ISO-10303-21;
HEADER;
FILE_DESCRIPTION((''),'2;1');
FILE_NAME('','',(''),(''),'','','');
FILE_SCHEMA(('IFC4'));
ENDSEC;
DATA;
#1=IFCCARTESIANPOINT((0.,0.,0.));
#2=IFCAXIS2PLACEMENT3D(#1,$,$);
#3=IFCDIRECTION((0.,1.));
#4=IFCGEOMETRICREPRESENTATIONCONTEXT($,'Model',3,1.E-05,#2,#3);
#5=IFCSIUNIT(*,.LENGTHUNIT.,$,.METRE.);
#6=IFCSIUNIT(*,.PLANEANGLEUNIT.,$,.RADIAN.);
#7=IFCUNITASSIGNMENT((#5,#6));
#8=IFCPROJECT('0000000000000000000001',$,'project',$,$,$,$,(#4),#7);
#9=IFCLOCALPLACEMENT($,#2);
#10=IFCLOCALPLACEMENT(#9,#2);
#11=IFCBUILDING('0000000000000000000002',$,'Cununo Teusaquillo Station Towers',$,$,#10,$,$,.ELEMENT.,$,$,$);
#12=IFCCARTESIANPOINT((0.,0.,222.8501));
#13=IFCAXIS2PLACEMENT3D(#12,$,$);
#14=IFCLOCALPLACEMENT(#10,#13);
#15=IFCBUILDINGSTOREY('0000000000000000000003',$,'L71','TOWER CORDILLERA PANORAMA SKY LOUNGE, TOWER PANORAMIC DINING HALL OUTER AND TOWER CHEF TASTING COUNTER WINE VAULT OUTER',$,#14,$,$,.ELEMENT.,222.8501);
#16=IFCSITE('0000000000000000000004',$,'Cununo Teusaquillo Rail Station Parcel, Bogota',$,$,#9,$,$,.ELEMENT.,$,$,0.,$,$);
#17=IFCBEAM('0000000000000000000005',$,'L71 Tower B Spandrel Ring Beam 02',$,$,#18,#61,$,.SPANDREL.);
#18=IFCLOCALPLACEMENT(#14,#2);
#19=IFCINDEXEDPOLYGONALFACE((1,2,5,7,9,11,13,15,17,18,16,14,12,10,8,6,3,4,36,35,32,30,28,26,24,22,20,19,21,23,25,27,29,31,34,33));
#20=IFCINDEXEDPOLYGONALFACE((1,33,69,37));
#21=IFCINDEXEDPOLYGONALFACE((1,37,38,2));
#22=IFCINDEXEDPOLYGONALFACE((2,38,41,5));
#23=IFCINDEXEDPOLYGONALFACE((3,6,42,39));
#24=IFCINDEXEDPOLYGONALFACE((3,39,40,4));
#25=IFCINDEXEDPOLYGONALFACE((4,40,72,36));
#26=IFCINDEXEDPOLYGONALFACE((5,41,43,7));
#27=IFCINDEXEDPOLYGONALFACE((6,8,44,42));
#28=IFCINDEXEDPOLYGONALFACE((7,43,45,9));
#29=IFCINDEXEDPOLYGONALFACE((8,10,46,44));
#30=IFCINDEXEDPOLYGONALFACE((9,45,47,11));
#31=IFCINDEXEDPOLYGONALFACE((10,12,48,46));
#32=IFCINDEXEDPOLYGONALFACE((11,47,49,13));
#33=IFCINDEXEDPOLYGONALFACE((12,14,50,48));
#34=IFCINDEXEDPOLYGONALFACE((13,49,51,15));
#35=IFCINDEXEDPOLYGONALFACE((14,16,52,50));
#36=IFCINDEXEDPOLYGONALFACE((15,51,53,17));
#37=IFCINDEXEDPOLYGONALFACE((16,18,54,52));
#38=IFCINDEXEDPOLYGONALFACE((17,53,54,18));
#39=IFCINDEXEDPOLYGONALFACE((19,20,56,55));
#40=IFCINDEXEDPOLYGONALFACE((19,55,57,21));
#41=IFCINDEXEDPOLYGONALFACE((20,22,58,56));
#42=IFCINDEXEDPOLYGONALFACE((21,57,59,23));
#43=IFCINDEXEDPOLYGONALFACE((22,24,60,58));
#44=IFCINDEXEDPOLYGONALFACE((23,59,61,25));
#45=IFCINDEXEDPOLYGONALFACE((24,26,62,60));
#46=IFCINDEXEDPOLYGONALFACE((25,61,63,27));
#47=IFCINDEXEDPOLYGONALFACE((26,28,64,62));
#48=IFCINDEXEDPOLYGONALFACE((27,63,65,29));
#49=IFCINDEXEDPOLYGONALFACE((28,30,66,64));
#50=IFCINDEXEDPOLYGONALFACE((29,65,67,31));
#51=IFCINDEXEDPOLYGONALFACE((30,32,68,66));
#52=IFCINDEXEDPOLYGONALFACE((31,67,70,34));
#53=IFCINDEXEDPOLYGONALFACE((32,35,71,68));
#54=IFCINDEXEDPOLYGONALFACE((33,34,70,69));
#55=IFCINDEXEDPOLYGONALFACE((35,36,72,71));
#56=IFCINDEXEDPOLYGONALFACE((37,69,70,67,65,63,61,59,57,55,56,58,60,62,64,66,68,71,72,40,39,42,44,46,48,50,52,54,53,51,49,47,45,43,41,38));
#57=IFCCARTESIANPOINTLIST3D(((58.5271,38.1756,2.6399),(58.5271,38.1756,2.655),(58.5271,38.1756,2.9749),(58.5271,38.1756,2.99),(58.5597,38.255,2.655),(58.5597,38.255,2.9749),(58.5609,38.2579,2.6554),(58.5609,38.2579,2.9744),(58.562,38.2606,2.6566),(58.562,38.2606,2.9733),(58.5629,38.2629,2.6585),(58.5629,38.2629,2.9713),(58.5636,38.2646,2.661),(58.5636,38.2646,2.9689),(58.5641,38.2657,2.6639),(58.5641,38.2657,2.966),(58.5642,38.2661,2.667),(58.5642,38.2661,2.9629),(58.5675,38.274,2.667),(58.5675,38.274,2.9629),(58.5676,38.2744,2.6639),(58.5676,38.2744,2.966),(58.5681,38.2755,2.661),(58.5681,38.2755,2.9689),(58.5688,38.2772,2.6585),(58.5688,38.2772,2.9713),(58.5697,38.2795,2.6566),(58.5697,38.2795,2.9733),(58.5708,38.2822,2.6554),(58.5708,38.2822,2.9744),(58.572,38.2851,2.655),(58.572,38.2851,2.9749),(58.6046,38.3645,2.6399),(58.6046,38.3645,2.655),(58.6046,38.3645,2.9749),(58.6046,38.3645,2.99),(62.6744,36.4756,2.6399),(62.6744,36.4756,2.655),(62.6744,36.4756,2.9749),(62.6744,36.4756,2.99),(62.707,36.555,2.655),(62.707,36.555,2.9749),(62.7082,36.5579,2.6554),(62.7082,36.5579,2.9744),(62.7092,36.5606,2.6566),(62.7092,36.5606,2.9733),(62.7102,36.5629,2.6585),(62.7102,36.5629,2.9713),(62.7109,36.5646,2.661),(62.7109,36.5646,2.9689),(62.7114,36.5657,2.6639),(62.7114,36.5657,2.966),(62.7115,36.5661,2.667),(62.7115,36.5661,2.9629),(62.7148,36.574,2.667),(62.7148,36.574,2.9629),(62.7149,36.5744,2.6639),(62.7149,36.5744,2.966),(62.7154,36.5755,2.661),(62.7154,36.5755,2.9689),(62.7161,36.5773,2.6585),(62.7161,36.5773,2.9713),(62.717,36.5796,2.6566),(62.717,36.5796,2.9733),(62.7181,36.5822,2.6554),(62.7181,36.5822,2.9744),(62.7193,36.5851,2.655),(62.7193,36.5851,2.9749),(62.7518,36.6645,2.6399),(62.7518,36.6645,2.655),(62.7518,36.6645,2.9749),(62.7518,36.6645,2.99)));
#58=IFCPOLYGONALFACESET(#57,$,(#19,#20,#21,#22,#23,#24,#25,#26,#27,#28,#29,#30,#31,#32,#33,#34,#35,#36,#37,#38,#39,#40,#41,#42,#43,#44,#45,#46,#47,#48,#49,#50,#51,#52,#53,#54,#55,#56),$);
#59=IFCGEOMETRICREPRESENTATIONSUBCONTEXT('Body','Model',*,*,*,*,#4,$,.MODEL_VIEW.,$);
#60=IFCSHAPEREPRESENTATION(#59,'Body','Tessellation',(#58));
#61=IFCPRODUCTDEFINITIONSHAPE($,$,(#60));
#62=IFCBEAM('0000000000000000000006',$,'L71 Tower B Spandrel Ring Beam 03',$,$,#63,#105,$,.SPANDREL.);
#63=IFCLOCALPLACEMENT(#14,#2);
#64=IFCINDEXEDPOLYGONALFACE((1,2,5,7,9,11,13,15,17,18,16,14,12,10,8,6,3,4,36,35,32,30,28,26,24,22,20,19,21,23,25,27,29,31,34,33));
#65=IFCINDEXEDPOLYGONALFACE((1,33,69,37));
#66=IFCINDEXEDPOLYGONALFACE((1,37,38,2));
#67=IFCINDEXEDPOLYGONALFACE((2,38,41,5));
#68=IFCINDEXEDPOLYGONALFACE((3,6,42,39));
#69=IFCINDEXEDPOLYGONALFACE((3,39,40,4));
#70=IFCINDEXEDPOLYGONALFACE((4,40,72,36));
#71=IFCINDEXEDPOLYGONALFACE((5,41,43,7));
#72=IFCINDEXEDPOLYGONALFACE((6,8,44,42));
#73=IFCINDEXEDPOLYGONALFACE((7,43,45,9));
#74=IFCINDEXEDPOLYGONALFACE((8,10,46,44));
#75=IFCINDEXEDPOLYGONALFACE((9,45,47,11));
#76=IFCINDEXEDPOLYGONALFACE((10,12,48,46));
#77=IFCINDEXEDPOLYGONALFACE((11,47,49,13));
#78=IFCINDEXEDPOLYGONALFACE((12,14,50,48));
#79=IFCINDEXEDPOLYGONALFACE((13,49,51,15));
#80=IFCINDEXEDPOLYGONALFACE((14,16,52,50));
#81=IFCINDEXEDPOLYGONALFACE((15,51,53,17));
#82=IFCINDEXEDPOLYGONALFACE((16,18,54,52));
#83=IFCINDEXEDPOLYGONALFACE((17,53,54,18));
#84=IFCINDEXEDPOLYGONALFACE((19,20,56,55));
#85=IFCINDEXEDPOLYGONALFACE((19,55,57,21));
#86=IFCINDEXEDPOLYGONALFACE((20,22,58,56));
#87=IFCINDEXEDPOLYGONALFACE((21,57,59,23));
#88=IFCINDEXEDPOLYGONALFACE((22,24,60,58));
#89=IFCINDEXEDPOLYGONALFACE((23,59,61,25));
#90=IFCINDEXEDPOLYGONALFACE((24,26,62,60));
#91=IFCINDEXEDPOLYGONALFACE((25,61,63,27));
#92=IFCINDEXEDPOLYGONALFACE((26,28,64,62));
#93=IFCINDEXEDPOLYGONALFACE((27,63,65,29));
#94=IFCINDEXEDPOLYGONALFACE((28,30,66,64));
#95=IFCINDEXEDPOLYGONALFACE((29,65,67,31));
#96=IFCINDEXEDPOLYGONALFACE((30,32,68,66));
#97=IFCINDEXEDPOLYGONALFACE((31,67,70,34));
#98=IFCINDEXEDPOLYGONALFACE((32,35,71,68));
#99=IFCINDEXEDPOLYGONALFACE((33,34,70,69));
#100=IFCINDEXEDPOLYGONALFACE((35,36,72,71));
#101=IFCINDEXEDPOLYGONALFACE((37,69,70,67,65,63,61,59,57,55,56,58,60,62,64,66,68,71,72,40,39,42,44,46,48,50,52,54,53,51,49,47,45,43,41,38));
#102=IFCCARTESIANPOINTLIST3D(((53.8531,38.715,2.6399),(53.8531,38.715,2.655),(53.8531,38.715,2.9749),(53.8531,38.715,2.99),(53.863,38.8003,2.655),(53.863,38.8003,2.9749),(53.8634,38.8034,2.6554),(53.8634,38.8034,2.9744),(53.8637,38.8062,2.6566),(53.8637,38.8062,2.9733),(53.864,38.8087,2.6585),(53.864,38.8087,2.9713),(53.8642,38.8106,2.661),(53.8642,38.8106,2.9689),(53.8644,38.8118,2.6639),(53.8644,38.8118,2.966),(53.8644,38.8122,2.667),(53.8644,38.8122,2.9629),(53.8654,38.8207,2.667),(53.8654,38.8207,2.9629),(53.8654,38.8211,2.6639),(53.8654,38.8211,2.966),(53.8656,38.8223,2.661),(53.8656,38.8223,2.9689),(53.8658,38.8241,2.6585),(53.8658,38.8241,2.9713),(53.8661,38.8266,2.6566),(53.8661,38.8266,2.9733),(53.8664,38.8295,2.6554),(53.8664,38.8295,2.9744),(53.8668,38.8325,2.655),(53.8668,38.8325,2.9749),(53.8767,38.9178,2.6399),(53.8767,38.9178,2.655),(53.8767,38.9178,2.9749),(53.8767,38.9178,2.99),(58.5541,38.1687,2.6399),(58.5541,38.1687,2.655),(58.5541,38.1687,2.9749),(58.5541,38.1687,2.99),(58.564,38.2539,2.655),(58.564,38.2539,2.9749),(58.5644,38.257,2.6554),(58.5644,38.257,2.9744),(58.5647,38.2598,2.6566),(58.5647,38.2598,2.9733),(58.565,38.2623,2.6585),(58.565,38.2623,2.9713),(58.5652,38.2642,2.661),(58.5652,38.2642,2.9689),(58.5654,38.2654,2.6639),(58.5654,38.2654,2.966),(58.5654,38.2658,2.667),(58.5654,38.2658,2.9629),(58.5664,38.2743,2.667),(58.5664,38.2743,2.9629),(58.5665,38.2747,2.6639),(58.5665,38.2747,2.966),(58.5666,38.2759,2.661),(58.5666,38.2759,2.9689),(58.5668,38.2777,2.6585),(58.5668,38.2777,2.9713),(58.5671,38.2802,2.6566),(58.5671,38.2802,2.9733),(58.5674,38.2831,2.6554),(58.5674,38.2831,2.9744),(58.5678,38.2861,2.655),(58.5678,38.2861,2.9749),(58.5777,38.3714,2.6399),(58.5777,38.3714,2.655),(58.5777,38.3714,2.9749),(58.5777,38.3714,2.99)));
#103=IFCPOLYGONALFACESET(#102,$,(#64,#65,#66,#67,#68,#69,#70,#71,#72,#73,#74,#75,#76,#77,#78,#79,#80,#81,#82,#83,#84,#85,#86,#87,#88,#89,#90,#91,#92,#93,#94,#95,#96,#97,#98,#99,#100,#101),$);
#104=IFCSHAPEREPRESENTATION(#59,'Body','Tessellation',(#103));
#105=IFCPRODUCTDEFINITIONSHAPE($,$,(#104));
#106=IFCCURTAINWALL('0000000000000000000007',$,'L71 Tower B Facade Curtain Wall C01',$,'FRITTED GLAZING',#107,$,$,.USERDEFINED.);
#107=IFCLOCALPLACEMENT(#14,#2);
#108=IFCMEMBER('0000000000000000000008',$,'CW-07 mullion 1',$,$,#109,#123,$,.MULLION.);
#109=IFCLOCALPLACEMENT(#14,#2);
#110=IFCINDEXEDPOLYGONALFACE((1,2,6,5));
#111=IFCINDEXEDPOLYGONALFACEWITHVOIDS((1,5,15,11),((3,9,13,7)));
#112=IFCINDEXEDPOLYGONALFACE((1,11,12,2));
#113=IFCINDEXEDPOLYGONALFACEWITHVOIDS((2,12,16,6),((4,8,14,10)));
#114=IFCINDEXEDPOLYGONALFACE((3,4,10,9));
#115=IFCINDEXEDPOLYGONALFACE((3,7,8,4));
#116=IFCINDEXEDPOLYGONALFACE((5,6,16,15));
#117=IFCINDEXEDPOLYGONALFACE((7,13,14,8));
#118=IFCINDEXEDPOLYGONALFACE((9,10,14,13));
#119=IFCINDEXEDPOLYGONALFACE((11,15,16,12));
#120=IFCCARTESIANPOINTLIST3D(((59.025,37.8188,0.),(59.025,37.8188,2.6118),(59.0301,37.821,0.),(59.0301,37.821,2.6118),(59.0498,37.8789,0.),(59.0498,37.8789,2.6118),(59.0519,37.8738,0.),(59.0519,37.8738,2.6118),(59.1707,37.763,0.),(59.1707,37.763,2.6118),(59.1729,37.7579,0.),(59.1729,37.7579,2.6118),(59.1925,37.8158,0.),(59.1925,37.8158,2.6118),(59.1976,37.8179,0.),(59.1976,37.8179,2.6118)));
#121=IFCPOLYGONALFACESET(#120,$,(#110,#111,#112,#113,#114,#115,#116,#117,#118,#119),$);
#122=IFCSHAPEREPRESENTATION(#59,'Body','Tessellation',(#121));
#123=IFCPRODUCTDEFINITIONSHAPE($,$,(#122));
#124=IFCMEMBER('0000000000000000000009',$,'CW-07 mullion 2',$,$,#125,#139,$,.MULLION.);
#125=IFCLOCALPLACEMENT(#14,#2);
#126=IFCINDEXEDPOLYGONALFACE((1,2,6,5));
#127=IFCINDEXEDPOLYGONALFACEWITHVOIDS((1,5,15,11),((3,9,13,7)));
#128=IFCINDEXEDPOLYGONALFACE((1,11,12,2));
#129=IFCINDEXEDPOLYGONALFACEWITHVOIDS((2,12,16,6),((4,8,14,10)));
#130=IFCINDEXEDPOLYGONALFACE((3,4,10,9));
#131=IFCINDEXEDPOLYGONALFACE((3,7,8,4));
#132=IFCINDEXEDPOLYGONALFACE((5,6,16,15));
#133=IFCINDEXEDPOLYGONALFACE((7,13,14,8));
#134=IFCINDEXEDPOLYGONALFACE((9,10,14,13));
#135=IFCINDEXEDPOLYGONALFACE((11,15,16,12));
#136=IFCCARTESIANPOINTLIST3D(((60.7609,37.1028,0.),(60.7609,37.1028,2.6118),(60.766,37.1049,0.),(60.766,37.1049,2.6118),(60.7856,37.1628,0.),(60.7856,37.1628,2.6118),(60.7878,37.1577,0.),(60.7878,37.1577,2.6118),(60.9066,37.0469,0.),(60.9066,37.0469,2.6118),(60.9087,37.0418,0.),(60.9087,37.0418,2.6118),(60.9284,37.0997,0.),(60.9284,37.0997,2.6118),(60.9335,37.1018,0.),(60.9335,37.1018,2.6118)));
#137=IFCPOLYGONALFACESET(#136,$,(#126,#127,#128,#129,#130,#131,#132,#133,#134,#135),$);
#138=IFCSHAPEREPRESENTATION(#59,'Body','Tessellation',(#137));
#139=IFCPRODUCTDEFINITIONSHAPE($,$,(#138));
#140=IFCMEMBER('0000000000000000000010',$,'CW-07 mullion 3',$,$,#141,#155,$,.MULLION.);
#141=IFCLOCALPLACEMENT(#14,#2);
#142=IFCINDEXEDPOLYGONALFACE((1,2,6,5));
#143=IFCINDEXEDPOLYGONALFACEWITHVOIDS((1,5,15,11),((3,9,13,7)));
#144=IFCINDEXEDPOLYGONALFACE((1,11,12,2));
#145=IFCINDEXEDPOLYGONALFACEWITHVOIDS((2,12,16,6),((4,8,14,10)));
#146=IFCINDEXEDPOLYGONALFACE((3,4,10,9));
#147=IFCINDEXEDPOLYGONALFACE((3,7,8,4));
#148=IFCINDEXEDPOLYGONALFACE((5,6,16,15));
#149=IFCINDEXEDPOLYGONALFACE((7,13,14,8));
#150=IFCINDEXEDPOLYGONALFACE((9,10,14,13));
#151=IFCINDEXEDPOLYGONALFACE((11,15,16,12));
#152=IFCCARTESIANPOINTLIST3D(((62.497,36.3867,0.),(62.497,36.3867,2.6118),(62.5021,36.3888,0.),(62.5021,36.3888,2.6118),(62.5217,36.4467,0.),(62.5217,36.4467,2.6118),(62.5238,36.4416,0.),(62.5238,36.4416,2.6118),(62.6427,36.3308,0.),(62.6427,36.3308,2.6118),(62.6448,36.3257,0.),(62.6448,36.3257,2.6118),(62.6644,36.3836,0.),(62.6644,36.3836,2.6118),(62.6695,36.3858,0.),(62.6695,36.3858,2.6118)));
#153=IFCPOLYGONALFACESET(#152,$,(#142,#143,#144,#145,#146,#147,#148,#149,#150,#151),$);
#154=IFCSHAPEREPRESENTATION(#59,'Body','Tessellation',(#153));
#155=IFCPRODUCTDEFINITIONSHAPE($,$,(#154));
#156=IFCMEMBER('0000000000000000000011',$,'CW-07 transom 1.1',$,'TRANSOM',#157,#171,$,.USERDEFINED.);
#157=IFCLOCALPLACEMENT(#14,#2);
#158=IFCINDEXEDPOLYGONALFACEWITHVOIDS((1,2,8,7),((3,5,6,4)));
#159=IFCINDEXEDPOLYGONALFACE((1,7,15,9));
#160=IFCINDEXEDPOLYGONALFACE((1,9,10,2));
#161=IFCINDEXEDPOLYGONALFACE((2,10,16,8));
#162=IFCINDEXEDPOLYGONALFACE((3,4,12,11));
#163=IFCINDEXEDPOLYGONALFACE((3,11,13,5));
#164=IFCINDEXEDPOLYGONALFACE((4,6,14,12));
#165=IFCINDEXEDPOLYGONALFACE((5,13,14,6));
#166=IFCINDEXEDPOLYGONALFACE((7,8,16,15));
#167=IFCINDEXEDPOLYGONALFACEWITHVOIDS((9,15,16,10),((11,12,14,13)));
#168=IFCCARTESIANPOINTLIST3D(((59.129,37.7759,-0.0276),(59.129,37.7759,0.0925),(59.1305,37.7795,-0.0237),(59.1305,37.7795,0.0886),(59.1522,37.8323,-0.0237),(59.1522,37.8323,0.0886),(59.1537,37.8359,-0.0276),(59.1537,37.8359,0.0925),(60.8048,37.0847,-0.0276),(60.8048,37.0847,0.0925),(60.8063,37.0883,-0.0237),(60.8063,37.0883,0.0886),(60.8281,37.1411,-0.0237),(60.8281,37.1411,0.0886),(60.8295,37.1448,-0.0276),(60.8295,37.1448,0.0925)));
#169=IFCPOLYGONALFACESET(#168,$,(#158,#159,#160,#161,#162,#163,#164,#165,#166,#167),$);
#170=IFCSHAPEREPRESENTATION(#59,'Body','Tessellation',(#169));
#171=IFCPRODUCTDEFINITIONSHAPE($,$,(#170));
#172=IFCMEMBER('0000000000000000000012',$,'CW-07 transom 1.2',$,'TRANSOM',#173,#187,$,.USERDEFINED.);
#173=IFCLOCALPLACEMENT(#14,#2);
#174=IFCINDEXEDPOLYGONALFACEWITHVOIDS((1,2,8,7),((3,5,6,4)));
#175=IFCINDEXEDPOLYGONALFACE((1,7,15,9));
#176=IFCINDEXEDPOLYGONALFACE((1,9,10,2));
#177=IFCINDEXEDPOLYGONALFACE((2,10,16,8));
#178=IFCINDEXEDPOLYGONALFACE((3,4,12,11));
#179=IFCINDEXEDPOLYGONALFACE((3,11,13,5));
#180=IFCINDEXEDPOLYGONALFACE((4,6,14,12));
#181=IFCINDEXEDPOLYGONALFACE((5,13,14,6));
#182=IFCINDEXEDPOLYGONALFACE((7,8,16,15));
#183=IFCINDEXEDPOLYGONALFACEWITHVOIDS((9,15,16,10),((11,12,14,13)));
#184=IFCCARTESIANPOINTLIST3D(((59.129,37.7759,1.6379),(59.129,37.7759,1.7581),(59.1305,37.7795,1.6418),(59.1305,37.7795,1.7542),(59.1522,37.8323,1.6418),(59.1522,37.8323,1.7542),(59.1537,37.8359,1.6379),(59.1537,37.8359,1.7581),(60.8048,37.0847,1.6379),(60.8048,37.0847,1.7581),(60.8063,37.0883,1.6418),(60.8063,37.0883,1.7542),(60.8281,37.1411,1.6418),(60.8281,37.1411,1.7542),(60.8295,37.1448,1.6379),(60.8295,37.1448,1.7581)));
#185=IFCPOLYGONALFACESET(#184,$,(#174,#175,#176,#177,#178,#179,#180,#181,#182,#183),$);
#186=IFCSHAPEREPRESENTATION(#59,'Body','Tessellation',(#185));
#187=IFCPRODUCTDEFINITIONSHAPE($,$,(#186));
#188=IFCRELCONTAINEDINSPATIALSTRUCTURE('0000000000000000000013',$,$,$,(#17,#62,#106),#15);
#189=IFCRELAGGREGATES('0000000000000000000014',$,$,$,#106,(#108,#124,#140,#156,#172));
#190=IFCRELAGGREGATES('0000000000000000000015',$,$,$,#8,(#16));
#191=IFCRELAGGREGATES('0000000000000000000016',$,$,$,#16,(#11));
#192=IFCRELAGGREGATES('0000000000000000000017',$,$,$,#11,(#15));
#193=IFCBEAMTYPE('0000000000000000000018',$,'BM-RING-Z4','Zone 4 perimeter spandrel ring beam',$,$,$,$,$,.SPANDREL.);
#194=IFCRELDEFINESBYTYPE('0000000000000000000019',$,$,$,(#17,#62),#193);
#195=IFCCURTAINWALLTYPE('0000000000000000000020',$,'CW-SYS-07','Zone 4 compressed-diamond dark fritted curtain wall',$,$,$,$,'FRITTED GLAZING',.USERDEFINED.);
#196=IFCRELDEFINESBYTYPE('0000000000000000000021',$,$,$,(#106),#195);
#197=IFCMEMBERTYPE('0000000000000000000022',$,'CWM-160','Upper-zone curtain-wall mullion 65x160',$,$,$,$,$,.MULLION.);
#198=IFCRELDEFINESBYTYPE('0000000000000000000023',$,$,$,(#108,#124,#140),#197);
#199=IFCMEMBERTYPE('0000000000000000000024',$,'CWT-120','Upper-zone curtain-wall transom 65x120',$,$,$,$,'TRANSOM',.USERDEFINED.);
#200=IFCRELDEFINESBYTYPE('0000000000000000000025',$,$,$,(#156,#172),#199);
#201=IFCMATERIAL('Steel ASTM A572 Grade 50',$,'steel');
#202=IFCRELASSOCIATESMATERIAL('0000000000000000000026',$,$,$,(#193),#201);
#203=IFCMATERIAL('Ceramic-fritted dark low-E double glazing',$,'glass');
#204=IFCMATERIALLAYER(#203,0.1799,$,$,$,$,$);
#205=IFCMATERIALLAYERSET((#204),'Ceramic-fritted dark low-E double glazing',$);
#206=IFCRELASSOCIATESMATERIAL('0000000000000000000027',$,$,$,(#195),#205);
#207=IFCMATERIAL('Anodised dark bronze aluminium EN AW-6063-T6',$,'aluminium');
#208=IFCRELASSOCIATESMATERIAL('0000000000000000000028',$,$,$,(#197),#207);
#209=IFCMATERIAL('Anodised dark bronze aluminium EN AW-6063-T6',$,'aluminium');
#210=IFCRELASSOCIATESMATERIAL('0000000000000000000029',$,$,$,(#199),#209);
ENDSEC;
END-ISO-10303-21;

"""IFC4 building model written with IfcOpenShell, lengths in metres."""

from ifc_helpers import new_model, si_unit, direction, frame, origin, origin_2d, place, context, subcontext, project, spatial, hollow_rectangle, i_section, extrude, material, layer, layer_set, material_profile, profile_set, type_object, element, aggregate, save


model = new_model("IFC4")

# Units and contexts
model_context = context("Model", 3, precision=1e-05, world=origin(), true_north=direction((0.0, 1.0)))
body_context = subcontext(model_context, "Body", "Model", "MODEL_VIEW")
ifc_project = project(units=[si_unit("LENGTHUNIT", "METRE"), si_unit("PLANEANGLEUNIT", "RADIAN")], contexts=[model_context])

# Site, building, storey
site_placement = place(None, origin())
site = spatial("IfcSite", under=ifc_project, at=site_placement, Name="Cununo Teusaquillo Rail Station Parcel, Bogota", CompositionType="ELEMENT", RefElevation=0.0)
building_placement = place(site_placement, origin())
building = spatial("IfcBuilding", under=site, at=building_placement, Name="Cununo Teusaquillo Station Towers", CompositionType="ELEMENT")
storey_placement = place(building_placement, frame((0.0, 0.0, 222.8501)))
storey = spatial("IfcBuildingStorey", under=building, at=storey_placement, Name="L71", Description="TOWER CORDILLERA PANORAMA SKY LOUNGE, TOWER PANORAMIC DINING HALL OUTER AND TOWER CHEF TASTING COUNTER WINE VAULT OUTER", CompositionType="ELEMENT", Elevation=222.8501)

# Beams
ifc_material_1 = material(Name="Steel ASTM A572 Grade 50", Category="steel")
ifc_material_profile_1 = material_profile(ifc_material_1, i_section(OverallWidth=0.2041, OverallDepth=0.3501, WebThickness=0.0085, FlangeThickness=0.0151, FilletRadius=0.012, at=origin_2d()), Name="W14X48")
ifc_profile_set_1 = profile_set([ifc_material_profile_1], Name="Steel ASTM A572 Grade 50")
beam_type_1 = type_object("IfcBeamType", Name="BM-RING-Z4", Description="Zone 4 perimeter spandrel ring beam", PredefinedType="SPANDREL", material=ifc_profile_set_1)
beam_1_placement = place(storey_placement, frame((62.7131, 36.5701, 2.8149), z_axis=(-0.925284, 0.379275, 0.0), x_axis=(-0.379275, -0.925284, 0.0)))
element("IfcBeam", 1, at=beam_1_placement, inside=storey, type_object=beam_type_1, Name="L71 Tower B Spandrel Ring Beam 02", PredefinedType="SPANDREL", context=body_context, shape_type="SweptSolid", body=[
    extrude(i_section(OverallWidth=0.2041, OverallDepth=0.3501, WebThickness=0.0085, FlangeThickness=0.0151, FilletRadius=0.012, at=origin_2d()), origin(), (0.0, 0.0, 1.0), 4.4822),
])
beam_2_placement = place(storey_placement, frame((58.5659, 38.27, 2.8149), z_axis=(-0.993313, 0.115452, 0.0), x_axis=(-0.115452, -0.993313, 0.0)))
element("IfcBeam", 2, at=beam_2_placement, inside=storey, type_object=beam_type_1, Name="L71 Tower B Spandrel Ring Beam 03", PredefinedType="SPANDREL", context=body_context, shape_type="SweptSolid", body=[
    extrude(i_section(OverallWidth=0.2041, OverallDepth=0.3501, WebThickness=0.0085, FlangeThickness=0.0151, FilletRadius=0.012, at=origin_2d()), origin(), (0.0, 0.0, 1.0), 4.7327),
])

# Curtain wall, members
ifc_material_2 = material(Name="Ceramic-fritted dark low-E double glazing", Category="glass")
ifc_layer_1 = layer(ifc_material_2, 0.1799)
ifc_layer_set_1 = layer_set([ifc_layer_1], Name="Ceramic-fritted dark low-E double glazing")
curtain_wall_type = type_object("IfcCurtainWallType", Name="CW-SYS-07", Description="Zone 4 compressed-diamond dark fritted curtain wall", ElementType="FRITTED GLAZING", PredefinedType="USERDEFINED", material=ifc_layer_set_1)
curtain_wall_placement = place(storey_placement, origin())
curtain_wall = element("IfcCurtainWall", 3, at=curtain_wall_placement, inside=storey, type_object=curtain_wall_type, Name="L71 Tower B Facade Curtain Wall C01", ObjectType="FRITTED GLAZING", PredefinedType="USERDEFINED")
ifc_material_3 = material(Name="Anodised dark bronze aluminium EN AW-6063-T6", Category="aluminium")
ifc_material_profile_2 = material_profile(ifc_material_3, hollow_rectangle(XDim=0.0649, YDim=0.1599, WallThickness=0.0039, at=origin_2d()), Name="CW-MULL-65x160")
ifc_profile_set_2 = profile_set([ifc_material_profile_2], Name="Anodised dark bronze aluminium EN AW-6063-T6")
member_type_1 = type_object("IfcMemberType", Name="CWM-160", Description="Upper-zone curtain-wall mullion 65x160", PredefinedType="MULLION", material=ifc_profile_set_2)
member_1_placement = place(storey_placement, frame((59.1113, 37.8184, 0.0), z_axis=(0.0, 0.0, 1.0), x_axis=(0.381311, 0.924447, 0.0)))
member_1 = element("IfcMember", 4, at=member_1_placement, type_object=member_type_1, Name="CW-07 mullion 1", PredefinedType="MULLION", context=body_context, shape_type="SweptSolid", body=[
    extrude(hollow_rectangle(XDim=0.0649, YDim=0.1599, WallThickness=0.0039, at=origin_2d()), origin(), (0.0, 0.0, 1.0), 2.6118),
])
member_2_placement = place(storey_placement, frame((60.8472, 37.1023, 0.0), z_axis=(0.0, 0.0, 1.0), x_axis=(0.381311, 0.924447, 0.0)))
member_2 = element("IfcMember", 5, at=member_2_placement, type_object=member_type_1, Name="CW-07 mullion 2", PredefinedType="MULLION", context=body_context, shape_type="SweptSolid", body=[
    extrude(hollow_rectangle(XDim=0.0649, YDim=0.1599, WallThickness=0.0039, at=origin_2d()), origin(), (0.0, 0.0, 1.0), 2.6118),
])
member_3_placement = place(storey_placement, frame((62.5833, 36.3862, 0.0), z_axis=(0.0, 0.0, 1.0), x_axis=(0.381311, 0.924447, 0.0)))
member_3 = element("IfcMember", 6, at=member_3_placement, type_object=member_type_1, Name="CW-07 mullion 3", PredefinedType="MULLION", context=body_context, shape_type="SweptSolid", body=[
    extrude(hollow_rectangle(XDim=0.0649, YDim=0.1599, WallThickness=0.0039, at=origin_2d()), origin(), (0.0, 0.0, 1.0), 2.6118),
])
ifc_material_4 = material(Name="Anodised dark bronze aluminium EN AW-6063-T6", Category="aluminium")
ifc_material_profile_3 = material_profile(ifc_material_4, hollow_rectangle(XDim=0.0649, YDim=0.1201, WallThickness=0.0039, at=origin_2d()), Name="CW-TRAN-65x120")
ifc_profile_set_3 = profile_set([ifc_material_profile_3], Name="Anodised dark bronze aluminium EN AW-6063-T6")
member_type_2 = type_object("IfcMemberType", Name="CWT-120", Description="Upper-zone curtain-wall transom 65x120", ElementType="TRANSOM", PredefinedType="USERDEFINED", material=ifc_profile_set_3)
member_4_placement = place(storey_placement, frame((59.1414, 37.8059, 0.0325), z_axis=(0.924458, -0.381285, 0.0), x_axis=(0.381285, 0.924458, 0.0)))
member_4 = element("IfcMember", 7, at=member_4_placement, type_object=member_type_2, Name="CW-07 transom 1.1", ObjectType="TRANSOM", PredefinedType="USERDEFINED", context=body_context, shape_type="SweptSolid", body=[
    extrude(hollow_rectangle(XDim=0.0649, YDim=0.1201, WallThickness=0.0039, at=origin_2d()), origin(), (0.0, 0.0, 1.0), 1.8127),
])
member_5_placement = place(storey_placement, frame((59.1414, 37.8059, 1.698), z_axis=(0.924458, -0.381285, 0.0), x_axis=(0.381285, 0.924458, 0.0)))
member_5 = element("IfcMember", 8, at=member_5_placement, type_object=member_type_2, Name="CW-07 transom 1.2", ObjectType="TRANSOM", PredefinedType="USERDEFINED", context=body_context, shape_type="SweptSolid", body=[
    extrude(hollow_rectangle(XDim=0.0649, YDim=0.1201, WallThickness=0.0039, at=origin_2d()), origin(), (0.0, 0.0, 1.0), 1.8127),
])

aggregate(curtain_wall, [member_1, member_2, member_3, member_4, member_5])

save(model, "model.ifc")
